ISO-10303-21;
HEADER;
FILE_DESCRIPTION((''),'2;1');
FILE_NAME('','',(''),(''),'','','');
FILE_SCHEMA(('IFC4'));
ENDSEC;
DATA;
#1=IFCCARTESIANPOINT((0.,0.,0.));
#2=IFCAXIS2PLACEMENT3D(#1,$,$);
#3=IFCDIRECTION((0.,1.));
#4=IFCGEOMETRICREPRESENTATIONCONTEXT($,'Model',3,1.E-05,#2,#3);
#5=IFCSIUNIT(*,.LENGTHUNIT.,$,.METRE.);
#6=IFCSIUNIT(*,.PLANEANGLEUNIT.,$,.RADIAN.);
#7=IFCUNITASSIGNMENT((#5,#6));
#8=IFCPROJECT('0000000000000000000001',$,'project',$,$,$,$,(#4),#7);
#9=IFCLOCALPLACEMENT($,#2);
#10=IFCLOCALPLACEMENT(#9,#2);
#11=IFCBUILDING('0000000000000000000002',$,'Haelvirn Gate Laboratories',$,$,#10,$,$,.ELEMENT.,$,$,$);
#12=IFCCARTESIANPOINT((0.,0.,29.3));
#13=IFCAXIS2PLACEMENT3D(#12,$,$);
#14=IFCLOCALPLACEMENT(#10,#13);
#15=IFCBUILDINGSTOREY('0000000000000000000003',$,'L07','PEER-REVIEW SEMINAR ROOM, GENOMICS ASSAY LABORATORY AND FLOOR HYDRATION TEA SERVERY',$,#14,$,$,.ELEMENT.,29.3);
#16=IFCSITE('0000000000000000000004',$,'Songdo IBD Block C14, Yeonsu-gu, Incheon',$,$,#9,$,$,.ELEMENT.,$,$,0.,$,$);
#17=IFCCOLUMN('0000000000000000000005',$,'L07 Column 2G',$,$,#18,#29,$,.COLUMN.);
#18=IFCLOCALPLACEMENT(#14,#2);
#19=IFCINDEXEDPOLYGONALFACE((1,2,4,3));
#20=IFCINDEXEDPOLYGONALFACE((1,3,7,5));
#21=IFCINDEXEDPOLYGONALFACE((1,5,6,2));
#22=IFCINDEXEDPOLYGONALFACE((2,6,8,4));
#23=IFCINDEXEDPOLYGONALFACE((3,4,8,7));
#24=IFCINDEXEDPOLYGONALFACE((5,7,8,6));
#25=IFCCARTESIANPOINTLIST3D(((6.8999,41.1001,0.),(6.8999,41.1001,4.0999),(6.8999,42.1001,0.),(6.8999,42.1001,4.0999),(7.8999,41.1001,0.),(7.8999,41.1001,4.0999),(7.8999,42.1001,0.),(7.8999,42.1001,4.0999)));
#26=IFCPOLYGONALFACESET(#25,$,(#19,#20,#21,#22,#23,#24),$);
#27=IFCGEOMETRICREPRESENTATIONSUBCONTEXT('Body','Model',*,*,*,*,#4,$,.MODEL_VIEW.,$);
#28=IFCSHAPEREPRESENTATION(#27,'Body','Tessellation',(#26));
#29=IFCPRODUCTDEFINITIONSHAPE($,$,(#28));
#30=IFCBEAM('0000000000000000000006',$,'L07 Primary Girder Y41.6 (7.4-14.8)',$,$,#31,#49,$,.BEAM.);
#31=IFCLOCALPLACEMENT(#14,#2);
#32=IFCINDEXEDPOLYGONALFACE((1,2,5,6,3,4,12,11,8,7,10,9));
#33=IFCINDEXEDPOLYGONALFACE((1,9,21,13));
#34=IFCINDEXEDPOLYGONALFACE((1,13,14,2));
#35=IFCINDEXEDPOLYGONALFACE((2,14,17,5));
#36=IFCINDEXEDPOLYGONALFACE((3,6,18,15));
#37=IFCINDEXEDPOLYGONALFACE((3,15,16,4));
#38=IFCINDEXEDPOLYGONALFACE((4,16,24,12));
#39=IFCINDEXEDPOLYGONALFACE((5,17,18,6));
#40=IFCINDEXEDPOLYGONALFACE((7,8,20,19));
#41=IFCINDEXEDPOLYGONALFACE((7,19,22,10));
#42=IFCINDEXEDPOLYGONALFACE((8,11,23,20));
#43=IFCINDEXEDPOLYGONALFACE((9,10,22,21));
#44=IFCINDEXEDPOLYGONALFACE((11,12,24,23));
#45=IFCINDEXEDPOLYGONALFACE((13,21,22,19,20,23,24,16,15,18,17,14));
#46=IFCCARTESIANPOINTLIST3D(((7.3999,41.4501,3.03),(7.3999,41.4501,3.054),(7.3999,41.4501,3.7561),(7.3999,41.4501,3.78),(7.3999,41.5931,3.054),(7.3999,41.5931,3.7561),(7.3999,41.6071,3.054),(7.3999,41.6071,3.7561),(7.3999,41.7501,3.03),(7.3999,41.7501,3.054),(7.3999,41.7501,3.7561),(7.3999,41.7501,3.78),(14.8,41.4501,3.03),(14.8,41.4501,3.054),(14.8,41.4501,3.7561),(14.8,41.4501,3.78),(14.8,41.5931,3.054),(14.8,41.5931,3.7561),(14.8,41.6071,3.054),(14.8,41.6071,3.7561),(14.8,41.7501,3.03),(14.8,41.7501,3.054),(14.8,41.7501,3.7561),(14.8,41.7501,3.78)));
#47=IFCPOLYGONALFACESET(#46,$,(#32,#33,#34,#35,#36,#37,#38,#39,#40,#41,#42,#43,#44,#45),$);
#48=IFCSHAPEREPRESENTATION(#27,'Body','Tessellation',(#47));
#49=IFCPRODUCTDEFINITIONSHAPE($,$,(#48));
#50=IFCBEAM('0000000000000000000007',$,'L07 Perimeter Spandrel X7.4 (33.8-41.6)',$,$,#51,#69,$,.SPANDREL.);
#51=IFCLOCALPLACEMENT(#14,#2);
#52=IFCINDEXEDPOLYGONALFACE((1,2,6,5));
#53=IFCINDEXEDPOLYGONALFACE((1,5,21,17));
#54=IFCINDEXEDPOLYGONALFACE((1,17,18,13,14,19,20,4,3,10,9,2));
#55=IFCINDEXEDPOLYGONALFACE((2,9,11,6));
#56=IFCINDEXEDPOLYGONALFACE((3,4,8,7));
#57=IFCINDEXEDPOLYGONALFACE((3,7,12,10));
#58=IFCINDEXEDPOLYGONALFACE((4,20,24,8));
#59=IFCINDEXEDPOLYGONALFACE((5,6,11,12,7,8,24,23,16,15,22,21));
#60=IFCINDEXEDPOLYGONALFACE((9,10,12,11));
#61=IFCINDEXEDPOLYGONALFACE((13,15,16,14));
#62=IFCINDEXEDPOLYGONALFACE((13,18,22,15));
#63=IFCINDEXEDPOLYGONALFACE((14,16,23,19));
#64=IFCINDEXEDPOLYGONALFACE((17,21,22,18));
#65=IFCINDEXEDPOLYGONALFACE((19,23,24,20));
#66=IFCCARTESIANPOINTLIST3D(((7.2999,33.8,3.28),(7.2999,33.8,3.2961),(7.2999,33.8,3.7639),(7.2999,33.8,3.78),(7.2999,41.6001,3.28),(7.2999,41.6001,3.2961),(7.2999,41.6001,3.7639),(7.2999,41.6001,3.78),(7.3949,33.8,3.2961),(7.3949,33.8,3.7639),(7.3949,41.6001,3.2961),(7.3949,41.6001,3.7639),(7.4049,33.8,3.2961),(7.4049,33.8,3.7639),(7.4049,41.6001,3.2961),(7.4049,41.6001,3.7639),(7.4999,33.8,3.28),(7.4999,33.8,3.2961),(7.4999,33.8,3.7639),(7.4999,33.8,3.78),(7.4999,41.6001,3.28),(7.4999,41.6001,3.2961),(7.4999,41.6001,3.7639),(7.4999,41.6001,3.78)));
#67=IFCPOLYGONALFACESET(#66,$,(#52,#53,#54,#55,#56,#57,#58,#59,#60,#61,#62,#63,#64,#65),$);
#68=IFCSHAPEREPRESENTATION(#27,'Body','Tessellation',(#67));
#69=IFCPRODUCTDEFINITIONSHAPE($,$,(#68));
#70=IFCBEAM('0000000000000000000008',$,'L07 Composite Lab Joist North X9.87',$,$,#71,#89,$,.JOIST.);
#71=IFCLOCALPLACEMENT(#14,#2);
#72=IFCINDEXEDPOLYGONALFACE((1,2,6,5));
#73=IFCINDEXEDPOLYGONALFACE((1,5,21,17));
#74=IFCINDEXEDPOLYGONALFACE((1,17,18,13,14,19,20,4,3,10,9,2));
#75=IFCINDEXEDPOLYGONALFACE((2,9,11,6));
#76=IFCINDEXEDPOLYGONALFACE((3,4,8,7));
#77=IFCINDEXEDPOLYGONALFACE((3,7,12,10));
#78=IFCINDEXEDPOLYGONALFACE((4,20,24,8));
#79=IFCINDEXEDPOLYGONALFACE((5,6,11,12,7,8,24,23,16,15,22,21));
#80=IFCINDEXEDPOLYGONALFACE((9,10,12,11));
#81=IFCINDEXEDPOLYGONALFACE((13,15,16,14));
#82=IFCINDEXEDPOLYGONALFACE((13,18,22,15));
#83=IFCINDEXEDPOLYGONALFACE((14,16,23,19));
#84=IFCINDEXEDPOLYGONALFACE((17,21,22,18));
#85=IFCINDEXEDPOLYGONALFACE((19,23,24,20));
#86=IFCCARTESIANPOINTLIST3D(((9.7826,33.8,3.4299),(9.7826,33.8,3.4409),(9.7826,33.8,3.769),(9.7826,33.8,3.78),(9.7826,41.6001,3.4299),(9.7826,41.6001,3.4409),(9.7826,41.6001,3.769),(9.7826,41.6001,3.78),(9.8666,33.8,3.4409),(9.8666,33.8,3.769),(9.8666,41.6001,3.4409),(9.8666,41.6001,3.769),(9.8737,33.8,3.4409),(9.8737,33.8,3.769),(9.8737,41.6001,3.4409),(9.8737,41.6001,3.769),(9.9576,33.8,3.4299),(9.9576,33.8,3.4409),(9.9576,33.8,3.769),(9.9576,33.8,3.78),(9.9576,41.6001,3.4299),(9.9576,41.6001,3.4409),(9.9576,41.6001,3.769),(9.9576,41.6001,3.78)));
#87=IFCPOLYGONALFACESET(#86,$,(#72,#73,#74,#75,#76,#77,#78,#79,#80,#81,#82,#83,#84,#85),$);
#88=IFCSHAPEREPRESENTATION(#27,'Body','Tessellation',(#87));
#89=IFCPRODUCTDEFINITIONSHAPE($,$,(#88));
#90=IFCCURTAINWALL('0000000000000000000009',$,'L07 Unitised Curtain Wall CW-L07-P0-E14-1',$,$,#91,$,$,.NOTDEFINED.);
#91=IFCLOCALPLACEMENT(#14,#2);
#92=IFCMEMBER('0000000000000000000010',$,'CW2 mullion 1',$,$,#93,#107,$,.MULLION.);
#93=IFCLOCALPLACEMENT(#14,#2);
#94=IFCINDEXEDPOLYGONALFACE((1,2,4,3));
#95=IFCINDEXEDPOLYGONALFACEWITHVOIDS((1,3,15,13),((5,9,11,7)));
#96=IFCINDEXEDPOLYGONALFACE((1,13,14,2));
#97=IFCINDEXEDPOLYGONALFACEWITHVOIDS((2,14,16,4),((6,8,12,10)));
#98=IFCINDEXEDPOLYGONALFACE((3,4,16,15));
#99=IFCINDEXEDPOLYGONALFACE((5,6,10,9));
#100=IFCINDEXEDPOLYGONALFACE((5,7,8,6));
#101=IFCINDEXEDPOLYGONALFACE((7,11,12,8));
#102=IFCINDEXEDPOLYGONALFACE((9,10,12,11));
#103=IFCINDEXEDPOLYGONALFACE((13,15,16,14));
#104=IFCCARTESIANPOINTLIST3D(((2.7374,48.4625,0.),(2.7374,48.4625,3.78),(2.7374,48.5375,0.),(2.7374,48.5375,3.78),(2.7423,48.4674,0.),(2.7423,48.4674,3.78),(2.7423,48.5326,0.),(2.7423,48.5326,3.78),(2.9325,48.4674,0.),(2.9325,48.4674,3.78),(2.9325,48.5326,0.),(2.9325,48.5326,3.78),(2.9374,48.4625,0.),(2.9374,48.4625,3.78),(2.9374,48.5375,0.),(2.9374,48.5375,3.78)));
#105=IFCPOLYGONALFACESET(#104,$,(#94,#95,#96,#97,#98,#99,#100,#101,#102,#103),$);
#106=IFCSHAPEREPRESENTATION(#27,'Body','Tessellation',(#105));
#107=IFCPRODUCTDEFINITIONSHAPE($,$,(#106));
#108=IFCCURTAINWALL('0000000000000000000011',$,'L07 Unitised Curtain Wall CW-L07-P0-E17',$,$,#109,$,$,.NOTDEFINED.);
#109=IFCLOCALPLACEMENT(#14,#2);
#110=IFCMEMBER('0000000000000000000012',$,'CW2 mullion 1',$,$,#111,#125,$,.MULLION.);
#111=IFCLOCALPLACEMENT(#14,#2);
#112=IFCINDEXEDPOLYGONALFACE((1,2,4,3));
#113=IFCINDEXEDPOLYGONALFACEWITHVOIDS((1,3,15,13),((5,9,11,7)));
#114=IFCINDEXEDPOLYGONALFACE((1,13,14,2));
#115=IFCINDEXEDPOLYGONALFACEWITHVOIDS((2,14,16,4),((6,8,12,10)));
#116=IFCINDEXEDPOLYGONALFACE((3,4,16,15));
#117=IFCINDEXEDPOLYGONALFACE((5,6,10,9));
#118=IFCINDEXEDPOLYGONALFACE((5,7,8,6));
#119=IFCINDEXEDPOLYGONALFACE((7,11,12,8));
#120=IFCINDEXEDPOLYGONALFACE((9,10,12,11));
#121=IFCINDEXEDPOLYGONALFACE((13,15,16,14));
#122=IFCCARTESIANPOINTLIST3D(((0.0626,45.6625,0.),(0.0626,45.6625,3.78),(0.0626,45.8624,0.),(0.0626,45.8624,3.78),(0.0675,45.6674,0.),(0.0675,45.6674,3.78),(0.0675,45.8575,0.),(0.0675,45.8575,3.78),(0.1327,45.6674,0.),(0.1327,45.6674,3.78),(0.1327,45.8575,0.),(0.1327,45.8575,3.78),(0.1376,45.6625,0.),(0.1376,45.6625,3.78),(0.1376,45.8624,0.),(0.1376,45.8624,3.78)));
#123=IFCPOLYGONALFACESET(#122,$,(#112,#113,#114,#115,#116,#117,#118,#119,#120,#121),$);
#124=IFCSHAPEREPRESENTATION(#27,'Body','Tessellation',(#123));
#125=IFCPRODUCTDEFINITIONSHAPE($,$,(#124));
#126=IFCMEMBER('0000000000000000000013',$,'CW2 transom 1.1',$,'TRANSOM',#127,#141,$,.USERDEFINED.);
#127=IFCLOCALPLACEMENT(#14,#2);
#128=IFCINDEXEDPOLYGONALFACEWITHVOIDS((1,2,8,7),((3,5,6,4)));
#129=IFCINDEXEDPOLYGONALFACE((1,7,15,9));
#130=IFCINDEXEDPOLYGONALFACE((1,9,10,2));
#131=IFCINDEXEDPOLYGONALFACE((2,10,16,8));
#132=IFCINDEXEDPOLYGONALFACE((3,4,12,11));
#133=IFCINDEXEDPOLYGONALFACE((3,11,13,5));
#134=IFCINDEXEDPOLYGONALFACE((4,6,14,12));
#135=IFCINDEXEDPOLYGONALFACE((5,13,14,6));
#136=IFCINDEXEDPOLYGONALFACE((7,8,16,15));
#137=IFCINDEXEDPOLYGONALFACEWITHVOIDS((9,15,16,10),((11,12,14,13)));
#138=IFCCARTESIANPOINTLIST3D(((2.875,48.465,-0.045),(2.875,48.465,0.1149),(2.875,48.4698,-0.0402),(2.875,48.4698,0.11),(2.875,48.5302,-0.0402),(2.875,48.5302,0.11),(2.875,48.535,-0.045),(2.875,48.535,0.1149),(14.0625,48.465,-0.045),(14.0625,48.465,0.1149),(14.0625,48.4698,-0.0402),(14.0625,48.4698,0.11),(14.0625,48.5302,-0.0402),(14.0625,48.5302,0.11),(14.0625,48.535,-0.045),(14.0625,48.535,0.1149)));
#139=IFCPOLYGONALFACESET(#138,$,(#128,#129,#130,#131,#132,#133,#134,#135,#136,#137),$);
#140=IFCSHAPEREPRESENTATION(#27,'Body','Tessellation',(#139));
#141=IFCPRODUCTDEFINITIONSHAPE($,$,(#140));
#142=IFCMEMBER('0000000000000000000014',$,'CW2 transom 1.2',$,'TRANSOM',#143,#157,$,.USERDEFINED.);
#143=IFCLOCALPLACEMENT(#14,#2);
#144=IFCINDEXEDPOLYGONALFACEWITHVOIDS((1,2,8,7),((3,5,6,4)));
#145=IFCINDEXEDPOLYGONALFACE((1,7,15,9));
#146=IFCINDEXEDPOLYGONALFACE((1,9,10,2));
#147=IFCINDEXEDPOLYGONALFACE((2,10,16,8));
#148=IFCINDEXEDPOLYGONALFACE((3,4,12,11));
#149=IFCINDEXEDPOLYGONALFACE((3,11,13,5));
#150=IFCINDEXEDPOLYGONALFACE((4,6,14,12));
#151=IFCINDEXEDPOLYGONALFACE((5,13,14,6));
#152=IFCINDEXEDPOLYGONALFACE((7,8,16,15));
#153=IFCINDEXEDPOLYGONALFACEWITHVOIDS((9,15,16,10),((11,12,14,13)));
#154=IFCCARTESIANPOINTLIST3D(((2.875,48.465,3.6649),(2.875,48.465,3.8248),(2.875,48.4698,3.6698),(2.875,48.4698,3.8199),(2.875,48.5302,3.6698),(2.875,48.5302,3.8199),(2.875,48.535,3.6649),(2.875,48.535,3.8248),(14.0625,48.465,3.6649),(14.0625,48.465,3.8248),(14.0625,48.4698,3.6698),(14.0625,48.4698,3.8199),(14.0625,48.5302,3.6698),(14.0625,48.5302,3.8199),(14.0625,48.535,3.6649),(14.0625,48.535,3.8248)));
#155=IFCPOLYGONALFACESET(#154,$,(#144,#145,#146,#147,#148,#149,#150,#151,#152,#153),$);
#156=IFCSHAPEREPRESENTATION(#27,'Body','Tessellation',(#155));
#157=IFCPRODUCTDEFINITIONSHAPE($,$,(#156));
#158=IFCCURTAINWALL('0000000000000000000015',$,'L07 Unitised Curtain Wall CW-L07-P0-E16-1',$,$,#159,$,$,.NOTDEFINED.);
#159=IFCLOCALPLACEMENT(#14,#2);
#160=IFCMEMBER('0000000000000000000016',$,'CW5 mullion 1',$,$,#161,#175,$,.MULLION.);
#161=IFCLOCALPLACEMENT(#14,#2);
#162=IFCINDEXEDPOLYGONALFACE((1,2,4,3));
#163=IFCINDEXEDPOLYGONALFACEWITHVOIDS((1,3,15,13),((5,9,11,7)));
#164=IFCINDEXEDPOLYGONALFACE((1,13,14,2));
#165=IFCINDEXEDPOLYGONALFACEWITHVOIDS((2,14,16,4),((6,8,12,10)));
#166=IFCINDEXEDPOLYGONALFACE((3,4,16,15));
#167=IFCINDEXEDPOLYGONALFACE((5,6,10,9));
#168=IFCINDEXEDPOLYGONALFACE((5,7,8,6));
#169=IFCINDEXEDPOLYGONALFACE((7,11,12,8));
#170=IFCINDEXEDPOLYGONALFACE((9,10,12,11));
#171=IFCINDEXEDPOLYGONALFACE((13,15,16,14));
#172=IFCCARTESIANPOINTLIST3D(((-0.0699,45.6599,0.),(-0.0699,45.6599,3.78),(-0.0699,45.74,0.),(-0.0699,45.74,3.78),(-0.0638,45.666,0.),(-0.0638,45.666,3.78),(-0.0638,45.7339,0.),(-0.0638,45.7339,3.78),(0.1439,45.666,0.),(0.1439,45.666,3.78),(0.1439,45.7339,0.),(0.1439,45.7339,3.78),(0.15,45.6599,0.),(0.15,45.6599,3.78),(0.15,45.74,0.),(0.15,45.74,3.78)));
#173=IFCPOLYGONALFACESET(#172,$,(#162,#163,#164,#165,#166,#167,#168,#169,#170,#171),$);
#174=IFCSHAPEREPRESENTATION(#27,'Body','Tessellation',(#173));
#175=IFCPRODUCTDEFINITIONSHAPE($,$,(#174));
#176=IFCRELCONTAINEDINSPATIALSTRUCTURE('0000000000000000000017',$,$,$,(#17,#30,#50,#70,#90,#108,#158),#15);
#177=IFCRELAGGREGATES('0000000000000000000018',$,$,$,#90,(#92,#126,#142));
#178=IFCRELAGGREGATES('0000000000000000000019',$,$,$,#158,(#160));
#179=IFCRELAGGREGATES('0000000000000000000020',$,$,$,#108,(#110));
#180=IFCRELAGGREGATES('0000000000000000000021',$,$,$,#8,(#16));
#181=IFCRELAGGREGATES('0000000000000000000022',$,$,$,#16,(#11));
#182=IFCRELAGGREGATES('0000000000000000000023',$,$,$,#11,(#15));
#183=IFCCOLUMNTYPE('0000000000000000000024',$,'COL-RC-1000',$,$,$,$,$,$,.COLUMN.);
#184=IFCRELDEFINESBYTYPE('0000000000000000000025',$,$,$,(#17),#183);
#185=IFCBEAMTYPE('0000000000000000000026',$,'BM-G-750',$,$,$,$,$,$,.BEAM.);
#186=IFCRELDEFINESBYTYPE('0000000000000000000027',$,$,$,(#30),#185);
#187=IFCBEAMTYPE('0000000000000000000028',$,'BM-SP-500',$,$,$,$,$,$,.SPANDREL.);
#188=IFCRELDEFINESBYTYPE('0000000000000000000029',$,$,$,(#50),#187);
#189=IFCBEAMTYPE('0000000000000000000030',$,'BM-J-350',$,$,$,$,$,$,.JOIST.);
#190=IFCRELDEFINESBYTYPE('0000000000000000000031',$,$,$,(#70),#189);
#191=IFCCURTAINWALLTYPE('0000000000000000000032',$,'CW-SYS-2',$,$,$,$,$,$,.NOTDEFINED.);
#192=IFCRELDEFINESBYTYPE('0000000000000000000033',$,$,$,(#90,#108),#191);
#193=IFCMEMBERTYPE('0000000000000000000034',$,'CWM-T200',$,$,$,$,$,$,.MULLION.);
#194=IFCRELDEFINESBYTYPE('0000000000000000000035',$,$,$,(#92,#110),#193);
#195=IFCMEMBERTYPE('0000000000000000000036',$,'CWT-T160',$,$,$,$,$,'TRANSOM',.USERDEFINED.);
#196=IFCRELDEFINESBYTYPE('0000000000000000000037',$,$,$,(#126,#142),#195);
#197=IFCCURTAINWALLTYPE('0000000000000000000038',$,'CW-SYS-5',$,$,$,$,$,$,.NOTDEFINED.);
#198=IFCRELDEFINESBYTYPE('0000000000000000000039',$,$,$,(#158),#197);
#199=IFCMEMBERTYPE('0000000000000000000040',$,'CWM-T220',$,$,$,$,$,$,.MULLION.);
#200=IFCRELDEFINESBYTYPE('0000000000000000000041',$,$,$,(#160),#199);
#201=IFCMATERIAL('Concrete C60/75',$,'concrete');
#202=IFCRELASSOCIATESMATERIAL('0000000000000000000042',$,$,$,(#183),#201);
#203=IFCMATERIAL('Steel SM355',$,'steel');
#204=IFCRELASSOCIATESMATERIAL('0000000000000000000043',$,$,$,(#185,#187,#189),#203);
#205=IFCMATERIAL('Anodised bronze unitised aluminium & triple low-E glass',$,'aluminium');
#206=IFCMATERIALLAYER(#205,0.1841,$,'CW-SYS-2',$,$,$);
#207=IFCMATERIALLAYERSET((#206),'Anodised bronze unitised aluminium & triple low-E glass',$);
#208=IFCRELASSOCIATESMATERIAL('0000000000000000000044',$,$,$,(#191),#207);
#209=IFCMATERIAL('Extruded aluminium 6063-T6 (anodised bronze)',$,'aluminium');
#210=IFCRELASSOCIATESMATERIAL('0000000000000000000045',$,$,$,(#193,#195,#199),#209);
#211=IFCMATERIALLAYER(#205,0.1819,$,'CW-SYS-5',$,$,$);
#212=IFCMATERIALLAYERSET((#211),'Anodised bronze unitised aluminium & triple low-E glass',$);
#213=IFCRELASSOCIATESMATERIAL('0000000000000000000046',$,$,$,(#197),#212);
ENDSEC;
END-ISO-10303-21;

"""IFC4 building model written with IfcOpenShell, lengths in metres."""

from ifc_helpers import new_model, si_unit, direction, frame, origin, origin_2d, place, context, subcontext, project, spatial, rectangle, hollow_rectangle, i_section, extrude, source, transform, mapped, material, layer, layer_set, material_profile, profile_set, type_object, type_shapes, element, aggregate, save


model = new_model("IFC4")

# Units and contexts
model_context = context("Model", 3, precision=1e-05, world=origin(), true_north=direction((0.0, 1.0)))
body_context = subcontext(model_context, "Body", "Model", "MODEL_VIEW")
ifc_project = project(units=[si_unit("LENGTHUNIT", "METRE"), si_unit("PLANEANGLEUNIT", "RADIAN")], contexts=[model_context])

# Site, building, storey
site_placement = place(None, origin())
site = spatial("IfcSite", under=ifc_project, at=site_placement, Name="Songdo IBD Block C14, Yeonsu-gu, Incheon", CompositionType="ELEMENT", RefElevation=0.0)
building_placement = place(site_placement, origin())
building = spatial("IfcBuilding", under=site, at=building_placement, Name="Haelvirn Gate Laboratories", CompositionType="ELEMENT")
storey_placement = place(building_placement, frame((0.0, 0.0, 29.3)))
storey = spatial("IfcBuildingStorey", under=building, at=storey_placement, Name="L07", Description="PEER-REVIEW SEMINAR ROOM, GENOMICS ASSAY LABORATORY AND FLOOR HYDRATION TEA SERVERY", CompositionType="ELEMENT", Elevation=29.3)

# Column
ifc_material_1 = material(Name="Concrete C60/75", Category="concrete")
ifc_material_profile_1 = material_profile(ifc_material_1, rectangle(XDim=1.0, YDim=1.0, at=origin_2d()), Name="RC-1000x1000")
ifc_profile_set_1 = profile_set([ifc_material_profile_1], Name="Concrete C60/75")
column_type = type_object("IfcColumnType", Name="COL-RC-1000", PredefinedType="COLUMN", material=ifc_profile_set_1)
shared_shape_1 = source(origin(), body_context, "Body", "SweptSolid", [
    extrude(rectangle(XDim=1.0, YDim=1.0, at=origin_2d()), origin(), (0.0, 0.0, 1.0), 4.0999),
])
type_shapes(column_type, [shared_shape_1])
column_placement = place(storey_placement, frame((7.3999, 41.6001, 0.0), z_axis=(0.0, 0.0, 1.0), x_axis=(1.0, 0.0, 0.0)))
element("IfcColumn", 1, at=column_placement, inside=storey, type_object=column_type, Name="L07 Column 2G", PredefinedType="COLUMN", context=body_context, shape_type="MappedRepresentation", body=[
    mapped(shared_shape_1, transform((0.0, 0.0, 0.0), scale=1.0)),
])

# Beams
ifc_material_2 = material(Name="Steel SM355", Category="steel")
ifc_material_profile_2 = material_profile(ifc_material_2, i_section(OverallWidth=0.3, OverallDepth=0.75, WebThickness=0.0139, FlangeThickness=0.0239, at=origin_2d()), Name="H-750x300x14x24")
ifc_profile_set_2 = profile_set([ifc_material_profile_2], Name="Steel SM355")
beam_type_1 = type_object("IfcBeamType", Name="BM-G-750", PredefinedType="BEAM", material=ifc_profile_set_2)
shared_shape_2 = source(origin(), body_context, "Body", "SweptSolid", [
    extrude(i_section(OverallWidth=0.3, OverallDepth=0.75, WebThickness=0.0139, FlangeThickness=0.0239, at=origin_2d()), origin(), (0.0, 0.0, 1.0), 7.4001),
])
type_shapes(beam_type_1, [shared_shape_2])
beam_1_placement = place(storey_placement, frame((7.3999, 41.6001, 3.405), z_axis=(1.0, 0.0, 0.0), x_axis=(0.0, 1.0, 0.0)))
element("IfcBeam", 2, at=beam_1_placement, inside=storey, type_object=beam_type_1, Name="L07 Primary Girder Y41.6 (7.4-14.8)", PredefinedType="BEAM", context=body_context, shape_type="MappedRepresentation", body=[
    mapped(shared_shape_2, transform((0.0, 0.0, 0.0), scale=1.0)),
])
ifc_material_profile_3 = material_profile(ifc_material_2, i_section(OverallWidth=0.2, OverallDepth=0.5, WebThickness=0.01, FlangeThickness=0.0161, at=origin_2d()), Name="H-500x200x10x16")
ifc_profile_set_3 = profile_set([ifc_material_profile_3], Name="Steel SM355")
beam_type_2 = type_object("IfcBeamType", Name="BM-SP-500", PredefinedType="SPANDREL", material=ifc_profile_set_3)
shared_shape_3 = source(origin(), body_context, "Body", "SweptSolid", [
    extrude(i_section(OverallWidth=0.2, OverallDepth=0.5, WebThickness=0.01, FlangeThickness=0.0161, at=origin_2d()), origin(), (0.0, 0.0, 1.0), 7.8),
])
type_shapes(beam_type_2, [shared_shape_3])
beam_2_placement = place(storey_placement, frame((7.3999, 33.8, 3.53), z_axis=(0.0, 1.0, 0.0), x_axis=(-1.0, 0.0, 0.0)))
element("IfcBeam", 3, at=beam_2_placement, inside=storey, type_object=beam_type_2, Name="L07 Perimeter Spandrel X7.4 (33.8-41.6)", PredefinedType="SPANDREL", context=body_context, shape_type="MappedRepresentation", body=[
    mapped(shared_shape_3, transform((0.0, 0.0, 0.0), scale=1.0)),
])
ifc_material_profile_4 = material_profile(ifc_material_2, i_section(OverallWidth=0.175, OverallDepth=0.3501, WebThickness=0.0071, FlangeThickness=0.011, at=origin_2d()), Name="H-350x175x7x11")
ifc_profile_set_4 = profile_set([ifc_material_profile_4], Name="Steel SM355")
beam_type_3 = type_object("IfcBeamType", Name="BM-J-350", PredefinedType="JOIST", material=ifc_profile_set_4)
shared_shape_4 = source(origin(), body_context, "Body", "SweptSolid", [
    extrude(i_section(OverallWidth=0.175, OverallDepth=0.3501, WebThickness=0.0071, FlangeThickness=0.011, at=origin_2d()), origin(), (0.0, 0.0, 1.0), 7.8),
])
type_shapes(beam_type_3, [shared_shape_4])
beam_3_placement = place(storey_placement, frame((9.8701, 33.8, 3.605), z_axis=(0.0, 1.0, 0.0), x_axis=(-1.0, 0.0, 0.0)))
element("IfcBeam", 4, at=beam_3_placement, inside=storey, type_object=beam_type_3, Name="L07 Composite Lab Joist North X9.87", PredefinedType="JOIST", context=body_context, shape_type="MappedRepresentation", body=[
    mapped(shared_shape_4, transform((0.0, 0.0, 0.0), scale=1.0)),
])

# Curtain walls, members
ifc_material_3 = material(Name="Anodised bronze unitised aluminium & triple low-E glass", Category="aluminium")
ifc_layer_1 = layer(ifc_material_3, 0.1841, Name="CW-SYS-2")
ifc_layer_set_1 = layer_set([ifc_layer_1], Name="Anodised bronze unitised aluminium & triple low-E glass")
curtain_wall_type_1 = type_object("IfcCurtainWallType", Name="CW-SYS-2", PredefinedType="NOTDEFINED", material=ifc_layer_set_1)
curtain_wall_1_placement = place(storey_placement, origin())
curtain_wall_1 = element("IfcCurtainWall", 5, at=curtain_wall_1_placement, inside=storey, type_object=curtain_wall_type_1, Name="L07 Unitised Curtain Wall CW-L07-P0-E14-1", PredefinedType="NOTDEFINED")
ifc_material_4 = material(Name="Extruded aluminium 6063-T6 (anodised bronze)", Category="aluminium")
ifc_material_profile_5 = material_profile(ifc_material_4, hollow_rectangle(XDim=0.075, YDim=0.2, WallThickness=0.0049, at=origin_2d()), Name="CWM-200x75x5")
ifc_profile_set_5 = profile_set([ifc_material_profile_5], Name="Extruded aluminium 6063-T6 (anodised bronze)")
member_type_1 = type_object("IfcMemberType", Name="CWM-T200", PredefinedType="MULLION", material=ifc_profile_set_5)
shared_shape_5 = source(origin(), body_context, "Body", "SweptSolid", [
    extrude(hollow_rectangle(XDim=0.075, YDim=0.2, WallThickness=0.0049, at=origin_2d()), origin(), (0.0, 0.0, 1.0), 3.78),
])
type_shapes(member_type_1, [shared_shape_5])
member_1_placement = place(storey_placement, frame((2.8374, 48.5, 0.0), z_axis=(0.0, 0.0, 1.0), x_axis=(0.0, 1.0, 0.0)))
member_1 = element("IfcMember", 6, at=member_1_placement, type_object=member_type_1, Name="CW2 mullion 1", PredefinedType="MULLION", context=body_context, shape_type="MappedRepresentation", body=[
    mapped(shared_shape_5, transform((0.0, 0.0, 0.0), scale=1.0)),
])
curtain_wall_2_placement = place(storey_placement, origin())
curtain_wall_2 = element("IfcCurtainWall", 7, at=curtain_wall_2_placement, inside=storey, type_object=curtain_wall_type_1, Name="L07 Unitised Curtain Wall CW-L07-P0-E17", PredefinedType="NOTDEFINED")
member_2_placement = place(storey_placement, frame((0.1001, 45.7625, 0.0), z_axis=(0.0, 0.0, 1.0), x_axis=(1.0, 0.0, 0.0)))
member_2 = element("IfcMember", 8, at=member_2_placement, type_object=member_type_1, Name="CW2 mullion 1", PredefinedType="MULLION", context=body_context, shape_type="MappedRepresentation", body=[
    mapped(shared_shape_5, transform((0.0, 0.0, 0.0), scale=1.0)),
])

# Members
ifc_material_profile_6 = material_profile(ifc_material_4, hollow_rectangle(XDim=0.0701, YDim=0.1599, WallThickness=0.0049, at=origin_2d()), Name="CWT-160x70x5")
ifc_profile_set_6 = profile_set([ifc_material_profile_6], Name="Extruded aluminium 6063-T6 (anodised bronze)")
member_type_2 = type_object("IfcMemberType", Name="CWT-T160", ElementType="TRANSOM", PredefinedType="USERDEFINED", material=ifc_profile_set_6)
shared_shape_6 = source(origin(), body_context, "Body", "SweptSolid", [
    extrude(hollow_rectangle(XDim=0.0701, YDim=0.1599, WallThickness=0.0049, at=origin_2d()), origin(), (0.0, 0.0, 1.0), 11.1875),
])
member_3_placement = place(storey_placement, frame((2.875, 48.5, 0.0349), z_axis=(1.0, 0.0, 0.0), x_axis=(0.0, 1.0, 0.0)))
member_3 = element("IfcMember", 9, at=member_3_placement, type_object=member_type_2, Name="CW2 transom 1.1", ObjectType="TRANSOM", PredefinedType="USERDEFINED", context=body_context, shape_type="MappedRepresentation", body=[
    mapped(shared_shape_6, transform((0.0, 0.0, 0.0), scale=1.0)),
])
member_4_placement = place(storey_placement, frame((2.875, 48.5, 3.7449), z_axis=(1.0, 0.0, 0.0), x_axis=(0.0, 1.0, 0.0)))
member_4 = element("IfcMember", 10, at=member_4_placement, type_object=member_type_2, Name="CW2 transom 1.2", ObjectType="TRANSOM", PredefinedType="USERDEFINED", context=body_context, shape_type="MappedRepresentation", body=[
    mapped(shared_shape_6, transform((0.0, 0.0, 0.0), scale=1.0)),
])

# Curtain wall, member
ifc_layer_2 = layer(ifc_material_3, 0.1819, Name="CW-SYS-5")
ifc_layer_set_2 = layer_set([ifc_layer_2], Name="Anodised bronze unitised aluminium & triple low-E glass")
curtain_wall_type_2 = type_object("IfcCurtainWallType", Name="CW-SYS-5", PredefinedType="NOTDEFINED", material=ifc_layer_set_2)
curtain_wall_3_placement = place(storey_placement, origin())
curtain_wall_3 = element("IfcCurtainWall", 11, at=curtain_wall_3_placement, inside=storey, type_object=curtain_wall_type_2, Name="L07 Unitised Curtain Wall CW-L07-P0-E16-1", PredefinedType="NOTDEFINED")
ifc_material_profile_7 = material_profile(ifc_material_4, hollow_rectangle(XDim=0.0801, YDim=0.22, WallThickness=0.0061, at=origin_2d()), Name="CWM-220x80x6")
ifc_profile_set_7 = profile_set([ifc_material_profile_7], Name="Extruded aluminium 6063-T6 (anodised bronze)")
member_type_3 = type_object("IfcMemberType", Name="CWM-T220", PredefinedType="MULLION", material=ifc_profile_set_7)
shared_shape_7 = source(origin(), body_context, "Body", "SweptSolid", [
    extrude(hollow_rectangle(XDim=0.0801, YDim=0.22, WallThickness=0.0061, at=origin_2d()), origin(), (0.0, 0.0, 1.0), 3.78),
])
type_shapes(member_type_3, [shared_shape_7])
member_5_placement = place(storey_placement, frame((0.04, 45.7, 0.0), z_axis=(0.0, 0.0, 1.0), x_axis=(0.0, 1.0, 0.0)))
member_5 = element("IfcMember", 12, at=member_5_placement, type_object=member_type_3, Name="CW5 mullion 1", PredefinedType="MULLION", context=body_context, shape_type="MappedRepresentation", body=[
    mapped(shared_shape_7, transform((0.0, 0.0, 0.0), scale=1.0)),
])

aggregate(curtain_wall_1, [member_1, member_3, member_4])
aggregate(curtain_wall_3, [member_5])
aggregate(curtain_wall_2, [member_2])

save(model, "model.ifc")
